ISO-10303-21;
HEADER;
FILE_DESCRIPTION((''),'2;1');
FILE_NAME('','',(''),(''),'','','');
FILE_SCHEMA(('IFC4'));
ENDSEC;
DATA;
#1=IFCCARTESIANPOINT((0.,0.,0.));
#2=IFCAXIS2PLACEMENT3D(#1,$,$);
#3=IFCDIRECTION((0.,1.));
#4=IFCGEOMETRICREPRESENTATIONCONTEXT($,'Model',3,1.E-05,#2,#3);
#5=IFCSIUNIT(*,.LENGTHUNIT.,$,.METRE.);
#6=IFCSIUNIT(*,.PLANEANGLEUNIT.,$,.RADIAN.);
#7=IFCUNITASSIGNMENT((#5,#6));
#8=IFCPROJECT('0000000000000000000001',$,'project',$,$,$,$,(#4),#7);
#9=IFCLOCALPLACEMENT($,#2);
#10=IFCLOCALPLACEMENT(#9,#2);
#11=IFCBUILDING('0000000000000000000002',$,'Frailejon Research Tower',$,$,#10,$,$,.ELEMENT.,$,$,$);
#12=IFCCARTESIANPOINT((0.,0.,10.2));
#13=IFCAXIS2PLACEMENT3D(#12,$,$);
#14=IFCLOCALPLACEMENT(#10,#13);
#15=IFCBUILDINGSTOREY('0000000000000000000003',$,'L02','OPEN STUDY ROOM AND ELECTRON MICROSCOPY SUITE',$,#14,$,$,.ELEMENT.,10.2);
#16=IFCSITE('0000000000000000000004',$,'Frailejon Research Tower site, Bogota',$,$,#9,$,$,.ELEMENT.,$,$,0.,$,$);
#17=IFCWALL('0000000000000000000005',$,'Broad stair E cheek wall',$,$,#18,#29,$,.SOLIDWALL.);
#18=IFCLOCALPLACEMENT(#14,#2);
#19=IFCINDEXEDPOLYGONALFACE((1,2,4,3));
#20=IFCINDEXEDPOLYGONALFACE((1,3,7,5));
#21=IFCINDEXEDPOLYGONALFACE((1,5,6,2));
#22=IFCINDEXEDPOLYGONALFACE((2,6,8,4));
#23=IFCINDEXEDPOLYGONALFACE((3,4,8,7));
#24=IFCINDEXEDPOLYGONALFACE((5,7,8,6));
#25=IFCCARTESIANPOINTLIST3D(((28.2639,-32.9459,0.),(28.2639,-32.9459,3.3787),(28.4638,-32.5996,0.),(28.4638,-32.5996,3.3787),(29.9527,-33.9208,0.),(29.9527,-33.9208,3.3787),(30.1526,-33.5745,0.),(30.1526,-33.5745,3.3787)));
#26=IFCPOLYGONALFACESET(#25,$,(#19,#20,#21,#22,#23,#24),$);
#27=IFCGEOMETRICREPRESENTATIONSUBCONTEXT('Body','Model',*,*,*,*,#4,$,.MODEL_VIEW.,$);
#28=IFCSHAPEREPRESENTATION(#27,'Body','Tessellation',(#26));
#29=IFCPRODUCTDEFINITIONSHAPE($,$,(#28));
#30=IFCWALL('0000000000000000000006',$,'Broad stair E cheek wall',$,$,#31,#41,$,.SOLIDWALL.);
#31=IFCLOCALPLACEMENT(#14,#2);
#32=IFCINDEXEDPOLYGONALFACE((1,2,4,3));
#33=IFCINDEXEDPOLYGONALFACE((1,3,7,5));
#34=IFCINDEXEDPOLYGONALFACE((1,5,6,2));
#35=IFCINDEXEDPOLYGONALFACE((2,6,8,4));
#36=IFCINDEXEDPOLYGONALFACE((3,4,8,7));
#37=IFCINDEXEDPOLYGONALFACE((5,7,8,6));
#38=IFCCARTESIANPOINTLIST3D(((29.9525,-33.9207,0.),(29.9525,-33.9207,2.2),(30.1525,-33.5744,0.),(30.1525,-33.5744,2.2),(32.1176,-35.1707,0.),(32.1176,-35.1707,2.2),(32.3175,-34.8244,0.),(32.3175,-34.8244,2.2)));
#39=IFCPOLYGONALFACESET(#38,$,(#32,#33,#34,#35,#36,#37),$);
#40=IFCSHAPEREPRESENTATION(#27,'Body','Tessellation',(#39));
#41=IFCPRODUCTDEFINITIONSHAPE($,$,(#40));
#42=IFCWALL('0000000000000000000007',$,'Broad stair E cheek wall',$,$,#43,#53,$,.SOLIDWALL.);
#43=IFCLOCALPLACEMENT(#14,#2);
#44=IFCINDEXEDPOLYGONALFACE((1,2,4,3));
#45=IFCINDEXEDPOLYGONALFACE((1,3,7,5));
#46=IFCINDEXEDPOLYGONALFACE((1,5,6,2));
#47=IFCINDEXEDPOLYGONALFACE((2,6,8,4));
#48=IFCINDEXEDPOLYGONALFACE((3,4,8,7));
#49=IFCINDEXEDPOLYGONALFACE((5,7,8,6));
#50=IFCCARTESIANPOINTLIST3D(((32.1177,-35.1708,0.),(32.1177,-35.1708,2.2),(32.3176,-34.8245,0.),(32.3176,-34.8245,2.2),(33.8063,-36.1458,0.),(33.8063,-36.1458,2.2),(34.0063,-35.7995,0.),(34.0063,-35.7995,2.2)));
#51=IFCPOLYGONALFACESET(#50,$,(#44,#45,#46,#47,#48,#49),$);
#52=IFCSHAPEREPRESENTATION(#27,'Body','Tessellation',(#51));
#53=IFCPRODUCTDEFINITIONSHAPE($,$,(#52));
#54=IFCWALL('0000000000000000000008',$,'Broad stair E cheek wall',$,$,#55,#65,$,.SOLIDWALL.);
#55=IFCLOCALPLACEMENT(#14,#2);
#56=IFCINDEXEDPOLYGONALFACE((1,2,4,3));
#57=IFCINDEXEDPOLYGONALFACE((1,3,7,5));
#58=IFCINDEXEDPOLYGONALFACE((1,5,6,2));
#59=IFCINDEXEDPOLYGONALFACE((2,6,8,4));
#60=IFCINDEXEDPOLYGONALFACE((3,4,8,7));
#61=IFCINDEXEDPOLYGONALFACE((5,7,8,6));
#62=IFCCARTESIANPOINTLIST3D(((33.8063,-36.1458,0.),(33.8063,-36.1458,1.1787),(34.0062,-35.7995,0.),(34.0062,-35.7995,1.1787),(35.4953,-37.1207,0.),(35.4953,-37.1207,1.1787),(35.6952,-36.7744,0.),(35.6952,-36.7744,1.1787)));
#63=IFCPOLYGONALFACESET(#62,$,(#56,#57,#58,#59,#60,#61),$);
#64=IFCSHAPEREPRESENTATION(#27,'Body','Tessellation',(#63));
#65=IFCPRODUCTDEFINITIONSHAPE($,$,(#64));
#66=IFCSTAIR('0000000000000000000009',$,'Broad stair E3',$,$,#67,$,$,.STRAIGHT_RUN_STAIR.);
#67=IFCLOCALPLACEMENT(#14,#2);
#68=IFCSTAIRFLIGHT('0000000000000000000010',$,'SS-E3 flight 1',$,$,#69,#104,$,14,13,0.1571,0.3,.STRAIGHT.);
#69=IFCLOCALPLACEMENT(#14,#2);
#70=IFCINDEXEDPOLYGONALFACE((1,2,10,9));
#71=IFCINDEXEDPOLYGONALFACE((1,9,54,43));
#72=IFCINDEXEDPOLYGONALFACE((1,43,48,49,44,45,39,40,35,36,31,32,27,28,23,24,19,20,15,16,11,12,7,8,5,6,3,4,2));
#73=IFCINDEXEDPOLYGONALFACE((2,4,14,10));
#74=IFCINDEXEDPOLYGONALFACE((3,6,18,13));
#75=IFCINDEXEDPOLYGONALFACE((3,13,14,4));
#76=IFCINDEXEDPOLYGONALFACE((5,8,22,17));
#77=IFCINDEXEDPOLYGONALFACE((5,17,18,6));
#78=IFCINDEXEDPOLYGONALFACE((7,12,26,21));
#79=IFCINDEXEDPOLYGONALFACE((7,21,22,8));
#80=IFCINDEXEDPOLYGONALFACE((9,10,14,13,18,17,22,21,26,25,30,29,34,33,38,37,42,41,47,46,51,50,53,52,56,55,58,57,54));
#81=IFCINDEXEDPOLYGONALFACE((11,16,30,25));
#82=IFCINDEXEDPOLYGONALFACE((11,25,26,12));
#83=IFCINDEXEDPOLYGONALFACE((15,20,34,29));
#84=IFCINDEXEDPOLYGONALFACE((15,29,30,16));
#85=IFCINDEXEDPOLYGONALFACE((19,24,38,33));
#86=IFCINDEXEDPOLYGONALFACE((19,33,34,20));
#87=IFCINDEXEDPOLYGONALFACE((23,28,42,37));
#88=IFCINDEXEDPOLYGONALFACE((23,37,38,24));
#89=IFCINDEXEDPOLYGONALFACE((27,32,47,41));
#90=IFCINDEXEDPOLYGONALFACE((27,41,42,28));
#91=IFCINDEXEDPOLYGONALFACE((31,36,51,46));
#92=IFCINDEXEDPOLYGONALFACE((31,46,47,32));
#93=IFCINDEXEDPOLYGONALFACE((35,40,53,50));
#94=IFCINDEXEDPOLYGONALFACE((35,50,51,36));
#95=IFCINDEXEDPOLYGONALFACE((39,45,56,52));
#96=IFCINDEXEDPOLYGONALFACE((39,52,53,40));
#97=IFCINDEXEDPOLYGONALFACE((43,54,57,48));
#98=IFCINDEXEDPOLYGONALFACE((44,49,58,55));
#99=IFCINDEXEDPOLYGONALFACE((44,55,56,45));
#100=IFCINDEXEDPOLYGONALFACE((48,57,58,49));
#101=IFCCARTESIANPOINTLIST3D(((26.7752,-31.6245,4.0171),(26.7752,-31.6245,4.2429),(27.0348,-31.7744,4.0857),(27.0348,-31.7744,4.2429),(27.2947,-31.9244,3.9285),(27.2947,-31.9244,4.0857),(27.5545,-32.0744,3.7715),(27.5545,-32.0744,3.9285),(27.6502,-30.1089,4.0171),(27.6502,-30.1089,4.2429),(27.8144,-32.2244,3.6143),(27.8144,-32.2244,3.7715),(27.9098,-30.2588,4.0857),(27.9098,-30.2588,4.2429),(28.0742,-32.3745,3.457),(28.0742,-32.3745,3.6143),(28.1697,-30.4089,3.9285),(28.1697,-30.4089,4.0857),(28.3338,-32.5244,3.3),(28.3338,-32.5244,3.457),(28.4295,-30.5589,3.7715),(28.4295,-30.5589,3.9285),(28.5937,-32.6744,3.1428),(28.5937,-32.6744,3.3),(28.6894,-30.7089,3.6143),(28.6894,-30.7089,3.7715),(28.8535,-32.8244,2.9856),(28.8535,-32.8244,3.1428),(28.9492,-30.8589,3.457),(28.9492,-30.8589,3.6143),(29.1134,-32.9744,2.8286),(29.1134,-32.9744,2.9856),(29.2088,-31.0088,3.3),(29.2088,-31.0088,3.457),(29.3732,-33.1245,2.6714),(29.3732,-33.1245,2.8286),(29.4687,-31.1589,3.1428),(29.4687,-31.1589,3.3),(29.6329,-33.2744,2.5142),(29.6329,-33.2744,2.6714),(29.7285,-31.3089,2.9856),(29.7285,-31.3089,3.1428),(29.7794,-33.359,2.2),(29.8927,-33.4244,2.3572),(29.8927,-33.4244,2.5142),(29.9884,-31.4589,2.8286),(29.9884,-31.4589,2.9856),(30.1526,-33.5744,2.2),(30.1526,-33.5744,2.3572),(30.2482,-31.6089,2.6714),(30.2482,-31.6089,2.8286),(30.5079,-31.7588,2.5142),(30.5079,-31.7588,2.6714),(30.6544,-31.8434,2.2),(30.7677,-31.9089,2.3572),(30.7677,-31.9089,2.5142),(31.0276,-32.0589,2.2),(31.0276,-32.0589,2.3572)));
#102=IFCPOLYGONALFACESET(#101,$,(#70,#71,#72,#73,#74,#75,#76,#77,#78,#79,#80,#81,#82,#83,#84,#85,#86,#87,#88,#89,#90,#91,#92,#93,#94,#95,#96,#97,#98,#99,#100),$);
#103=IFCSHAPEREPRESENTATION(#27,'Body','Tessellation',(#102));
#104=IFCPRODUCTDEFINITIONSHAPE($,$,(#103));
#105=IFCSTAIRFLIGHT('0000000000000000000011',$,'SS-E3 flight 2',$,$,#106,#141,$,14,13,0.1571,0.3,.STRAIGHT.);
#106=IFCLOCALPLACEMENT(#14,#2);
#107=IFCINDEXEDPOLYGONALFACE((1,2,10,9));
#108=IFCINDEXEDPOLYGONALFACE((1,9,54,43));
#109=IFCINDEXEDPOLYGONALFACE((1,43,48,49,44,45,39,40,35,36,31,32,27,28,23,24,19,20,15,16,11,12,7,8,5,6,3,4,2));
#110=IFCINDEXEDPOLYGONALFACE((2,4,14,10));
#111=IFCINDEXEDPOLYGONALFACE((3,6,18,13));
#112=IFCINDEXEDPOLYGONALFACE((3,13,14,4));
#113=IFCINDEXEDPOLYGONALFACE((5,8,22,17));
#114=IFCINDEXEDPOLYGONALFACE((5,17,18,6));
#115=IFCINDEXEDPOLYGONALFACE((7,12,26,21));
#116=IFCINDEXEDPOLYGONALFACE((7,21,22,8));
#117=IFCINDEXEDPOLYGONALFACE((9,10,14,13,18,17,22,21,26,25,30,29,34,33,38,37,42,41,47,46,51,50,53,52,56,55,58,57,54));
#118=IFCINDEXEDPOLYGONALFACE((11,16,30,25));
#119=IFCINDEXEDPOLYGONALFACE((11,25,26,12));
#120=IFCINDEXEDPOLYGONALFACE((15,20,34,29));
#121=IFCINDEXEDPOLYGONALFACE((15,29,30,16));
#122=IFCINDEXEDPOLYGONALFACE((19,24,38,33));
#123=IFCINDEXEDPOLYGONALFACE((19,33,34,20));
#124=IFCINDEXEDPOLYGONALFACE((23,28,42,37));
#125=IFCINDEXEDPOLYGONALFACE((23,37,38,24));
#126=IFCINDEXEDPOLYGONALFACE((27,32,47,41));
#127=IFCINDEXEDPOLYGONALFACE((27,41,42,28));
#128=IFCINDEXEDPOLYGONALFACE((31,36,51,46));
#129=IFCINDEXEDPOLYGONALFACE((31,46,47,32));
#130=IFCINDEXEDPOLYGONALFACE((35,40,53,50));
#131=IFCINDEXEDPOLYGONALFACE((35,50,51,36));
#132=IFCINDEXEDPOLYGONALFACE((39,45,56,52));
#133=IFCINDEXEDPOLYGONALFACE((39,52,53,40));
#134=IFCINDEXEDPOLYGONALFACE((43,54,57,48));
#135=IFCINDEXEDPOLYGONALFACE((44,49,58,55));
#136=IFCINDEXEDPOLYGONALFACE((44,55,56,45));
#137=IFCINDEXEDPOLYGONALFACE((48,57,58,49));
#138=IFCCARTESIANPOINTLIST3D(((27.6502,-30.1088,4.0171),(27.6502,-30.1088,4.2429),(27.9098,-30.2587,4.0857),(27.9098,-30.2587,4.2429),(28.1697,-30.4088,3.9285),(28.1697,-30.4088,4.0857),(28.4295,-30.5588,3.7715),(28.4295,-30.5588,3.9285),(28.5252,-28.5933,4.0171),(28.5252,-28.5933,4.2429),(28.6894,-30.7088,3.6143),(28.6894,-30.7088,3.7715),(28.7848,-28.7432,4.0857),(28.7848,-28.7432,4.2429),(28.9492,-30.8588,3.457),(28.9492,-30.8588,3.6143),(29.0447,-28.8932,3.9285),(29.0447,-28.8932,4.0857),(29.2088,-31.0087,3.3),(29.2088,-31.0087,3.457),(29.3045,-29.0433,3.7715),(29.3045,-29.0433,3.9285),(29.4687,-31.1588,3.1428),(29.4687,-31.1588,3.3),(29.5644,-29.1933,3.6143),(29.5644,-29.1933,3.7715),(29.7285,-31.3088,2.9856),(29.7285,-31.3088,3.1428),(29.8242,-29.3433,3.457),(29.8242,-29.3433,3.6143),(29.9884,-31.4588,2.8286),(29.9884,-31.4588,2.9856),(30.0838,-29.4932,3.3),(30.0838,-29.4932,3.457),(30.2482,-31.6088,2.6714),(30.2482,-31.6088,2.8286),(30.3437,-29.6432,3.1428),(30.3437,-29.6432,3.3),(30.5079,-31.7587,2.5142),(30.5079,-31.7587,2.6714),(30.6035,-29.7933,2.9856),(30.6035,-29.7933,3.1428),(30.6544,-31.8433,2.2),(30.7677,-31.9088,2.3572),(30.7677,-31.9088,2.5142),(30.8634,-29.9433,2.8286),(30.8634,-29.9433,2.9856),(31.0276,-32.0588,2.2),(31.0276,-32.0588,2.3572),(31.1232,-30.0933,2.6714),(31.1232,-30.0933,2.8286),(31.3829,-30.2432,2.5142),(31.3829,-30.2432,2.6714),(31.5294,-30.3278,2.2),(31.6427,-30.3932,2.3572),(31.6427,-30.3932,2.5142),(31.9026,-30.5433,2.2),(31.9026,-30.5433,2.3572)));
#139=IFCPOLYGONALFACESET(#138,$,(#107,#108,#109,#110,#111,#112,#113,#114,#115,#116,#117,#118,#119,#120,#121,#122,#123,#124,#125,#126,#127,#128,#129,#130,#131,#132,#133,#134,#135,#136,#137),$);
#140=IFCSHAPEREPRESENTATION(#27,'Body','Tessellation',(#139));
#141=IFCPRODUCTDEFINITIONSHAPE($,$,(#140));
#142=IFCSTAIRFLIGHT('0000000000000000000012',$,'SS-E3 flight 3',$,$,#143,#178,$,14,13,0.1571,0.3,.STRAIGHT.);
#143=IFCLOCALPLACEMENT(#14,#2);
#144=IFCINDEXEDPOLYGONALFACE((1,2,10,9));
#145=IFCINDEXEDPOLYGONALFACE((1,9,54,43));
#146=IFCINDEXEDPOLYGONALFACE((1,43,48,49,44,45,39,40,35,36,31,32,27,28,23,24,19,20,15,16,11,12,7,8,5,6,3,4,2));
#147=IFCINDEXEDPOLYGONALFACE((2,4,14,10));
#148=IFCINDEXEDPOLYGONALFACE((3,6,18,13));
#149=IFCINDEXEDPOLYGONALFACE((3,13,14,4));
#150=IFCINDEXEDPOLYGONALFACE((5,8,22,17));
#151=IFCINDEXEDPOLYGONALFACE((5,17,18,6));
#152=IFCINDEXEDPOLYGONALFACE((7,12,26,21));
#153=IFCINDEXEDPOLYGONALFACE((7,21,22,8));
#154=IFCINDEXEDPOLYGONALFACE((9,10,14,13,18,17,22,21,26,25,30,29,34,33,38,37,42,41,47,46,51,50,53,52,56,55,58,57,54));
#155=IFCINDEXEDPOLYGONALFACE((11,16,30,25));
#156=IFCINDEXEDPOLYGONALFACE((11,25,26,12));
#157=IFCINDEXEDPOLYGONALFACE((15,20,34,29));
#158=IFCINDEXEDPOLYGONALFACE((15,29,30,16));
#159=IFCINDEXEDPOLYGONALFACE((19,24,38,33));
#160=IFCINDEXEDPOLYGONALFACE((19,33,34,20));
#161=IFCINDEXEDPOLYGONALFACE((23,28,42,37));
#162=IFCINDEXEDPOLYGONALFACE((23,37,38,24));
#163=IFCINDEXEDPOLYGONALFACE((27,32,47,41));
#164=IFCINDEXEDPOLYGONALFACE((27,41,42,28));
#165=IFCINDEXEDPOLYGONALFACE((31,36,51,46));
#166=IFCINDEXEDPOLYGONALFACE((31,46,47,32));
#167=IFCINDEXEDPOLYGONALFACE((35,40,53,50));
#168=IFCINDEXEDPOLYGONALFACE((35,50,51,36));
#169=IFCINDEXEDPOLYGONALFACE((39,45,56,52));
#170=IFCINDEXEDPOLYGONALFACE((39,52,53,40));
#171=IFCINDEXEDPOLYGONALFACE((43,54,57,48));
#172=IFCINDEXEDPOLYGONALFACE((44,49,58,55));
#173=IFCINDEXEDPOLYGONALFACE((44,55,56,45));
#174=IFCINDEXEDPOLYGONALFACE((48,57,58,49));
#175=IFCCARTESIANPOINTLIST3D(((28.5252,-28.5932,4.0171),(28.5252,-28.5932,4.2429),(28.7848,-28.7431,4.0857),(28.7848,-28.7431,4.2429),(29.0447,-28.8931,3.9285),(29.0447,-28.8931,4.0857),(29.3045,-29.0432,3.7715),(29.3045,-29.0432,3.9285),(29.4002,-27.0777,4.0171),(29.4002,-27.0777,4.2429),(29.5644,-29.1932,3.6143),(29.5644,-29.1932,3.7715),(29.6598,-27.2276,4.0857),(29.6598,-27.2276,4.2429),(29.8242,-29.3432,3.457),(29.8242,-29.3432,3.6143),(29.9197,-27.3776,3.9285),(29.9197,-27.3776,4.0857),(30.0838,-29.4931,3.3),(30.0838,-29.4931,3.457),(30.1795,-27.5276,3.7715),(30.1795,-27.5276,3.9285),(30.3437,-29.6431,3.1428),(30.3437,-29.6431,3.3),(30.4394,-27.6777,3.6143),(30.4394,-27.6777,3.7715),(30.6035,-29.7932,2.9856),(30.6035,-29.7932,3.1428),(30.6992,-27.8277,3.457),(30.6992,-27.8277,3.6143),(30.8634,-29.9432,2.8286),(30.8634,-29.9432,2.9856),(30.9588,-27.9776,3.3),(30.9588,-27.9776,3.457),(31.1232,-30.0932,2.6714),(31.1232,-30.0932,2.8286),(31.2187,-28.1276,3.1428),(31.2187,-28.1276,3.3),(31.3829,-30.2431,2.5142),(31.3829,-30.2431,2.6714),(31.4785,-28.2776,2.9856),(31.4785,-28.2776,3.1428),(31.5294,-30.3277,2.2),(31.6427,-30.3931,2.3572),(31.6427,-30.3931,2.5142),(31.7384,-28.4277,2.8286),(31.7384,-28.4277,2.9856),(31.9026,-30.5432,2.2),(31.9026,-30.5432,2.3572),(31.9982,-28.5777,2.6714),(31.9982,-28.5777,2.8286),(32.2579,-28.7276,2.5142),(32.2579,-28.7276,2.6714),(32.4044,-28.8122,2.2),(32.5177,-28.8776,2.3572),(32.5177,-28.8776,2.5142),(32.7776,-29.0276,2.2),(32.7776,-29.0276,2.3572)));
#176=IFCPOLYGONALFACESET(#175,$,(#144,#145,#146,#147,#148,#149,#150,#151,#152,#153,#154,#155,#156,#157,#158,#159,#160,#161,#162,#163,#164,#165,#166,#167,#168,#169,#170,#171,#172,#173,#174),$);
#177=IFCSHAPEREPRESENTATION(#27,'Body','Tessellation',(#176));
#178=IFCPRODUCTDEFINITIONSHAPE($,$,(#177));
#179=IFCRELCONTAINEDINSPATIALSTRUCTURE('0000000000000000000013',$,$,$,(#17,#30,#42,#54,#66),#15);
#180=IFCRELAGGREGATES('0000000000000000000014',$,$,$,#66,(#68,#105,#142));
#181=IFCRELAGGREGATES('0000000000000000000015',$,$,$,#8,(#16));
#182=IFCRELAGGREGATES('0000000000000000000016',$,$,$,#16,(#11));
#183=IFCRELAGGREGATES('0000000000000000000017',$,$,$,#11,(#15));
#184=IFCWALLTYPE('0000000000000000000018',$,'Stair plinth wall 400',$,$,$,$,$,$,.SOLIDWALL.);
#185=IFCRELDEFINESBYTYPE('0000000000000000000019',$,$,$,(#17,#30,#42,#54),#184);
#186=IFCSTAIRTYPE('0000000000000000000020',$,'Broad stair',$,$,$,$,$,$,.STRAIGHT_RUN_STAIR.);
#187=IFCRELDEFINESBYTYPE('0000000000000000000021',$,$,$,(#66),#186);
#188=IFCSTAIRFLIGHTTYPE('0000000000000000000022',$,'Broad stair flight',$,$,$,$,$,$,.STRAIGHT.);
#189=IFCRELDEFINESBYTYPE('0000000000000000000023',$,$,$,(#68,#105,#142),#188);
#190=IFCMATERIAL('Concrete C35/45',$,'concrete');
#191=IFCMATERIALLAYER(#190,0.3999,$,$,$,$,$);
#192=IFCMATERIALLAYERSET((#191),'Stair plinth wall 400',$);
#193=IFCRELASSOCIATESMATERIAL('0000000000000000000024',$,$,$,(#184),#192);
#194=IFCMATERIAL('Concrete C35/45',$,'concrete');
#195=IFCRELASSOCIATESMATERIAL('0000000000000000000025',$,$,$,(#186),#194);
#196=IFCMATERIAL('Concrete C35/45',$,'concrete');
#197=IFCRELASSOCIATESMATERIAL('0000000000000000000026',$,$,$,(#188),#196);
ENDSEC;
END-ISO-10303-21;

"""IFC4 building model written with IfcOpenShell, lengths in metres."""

from ifc_helpers import new_model, si_unit, direction, frame, frame_2d, origin, place, context, subcontext, project, spatial, polyline, rectangle, outline, extrude, material, layer, layer_set, type_object, element, aggregate, save


model = new_model("IFC4")

# Units and contexts
model_context = context("Model", 3, precision=1e-05, world=origin(), true_north=direction((0.0, 1.0)))
body_context = subcontext(model_context, "Body", "Model", "MODEL_VIEW")
ifc_project = project(units=[si_unit("LENGTHUNIT", "METRE"), si_unit("PLANEANGLEUNIT", "RADIAN")], contexts=[model_context])

# Site, building, storey
site_placement = place(None, origin())
site = spatial("IfcSite", under=ifc_project, at=site_placement, Name="Frailejon Research Tower site, Bogota", CompositionType="ELEMENT", RefElevation=0.0)
building_placement = place(site_placement, origin())
building = spatial("IfcBuilding", under=site, at=building_placement, Name="Frailejon Research Tower", CompositionType="ELEMENT")
storey_placement = place(building_placement, frame((0.0, 0.0, 10.2)))
storey = spatial("IfcBuildingStorey", under=building, at=storey_placement, Name="L02", Description="OPEN STUDY ROOM AND ELECTRON MICROSCOPY SUITE", CompositionType="ELEMENT", Elevation=10.2)

# Walls
ifc_material_1 = material(Name="Concrete C35/45", Category="concrete")
ifc_layer_1 = layer(ifc_material_1, 0.3999)
ifc_layer_set_1 = layer_set([ifc_layer_1], Name="Stair plinth wall 400")
wall_type = type_object("IfcWallType", Name="Stair plinth wall 400", PredefinedType="SOLIDWALL", material=ifc_layer_set_1)
wall_1_placement = place(storey_placement, frame((28.3638, -32.7727, 0.0), z_axis=(0.0, 0.0, 1.0), x_axis=(0.866054, -0.49995, 0.0)))
element("IfcWall", 1, at=wall_1_placement, inside=storey, type_object=wall_type, Name="Broad stair E cheek wall", PredefinedType="SOLIDWALL", context=body_context, shape_type="SweptSolid", body=[
    extrude(rectangle(XDim=1.95, YDim=0.3999, at=frame_2d((0.9751, 0.0))), origin(), (0.0, 0.0, 1.0), 3.3787),
])
wall_2_placement = place(storey_placement, frame((30.0525, -33.7476, 0.0), z_axis=(0.0, 0.0, 1.0), x_axis=(0.866023, -0.500004, 0.0)))
element("IfcWall", 2, at=wall_2_placement, inside=storey, type_object=wall_type, Name="Broad stair E cheek wall", PredefinedType="SOLIDWALL", context=body_context, shape_type="SweptSolid", body=[
    extrude(rectangle(XDim=2.5, YDim=0.3999, at=frame_2d((1.25, 0.0))), origin(), (0.0, 0.0, 1.0), 2.2),
])
wall_3_placement = place(storey_placement, frame((32.2175, -34.9976, 0.0), z_axis=(0.0, 0.0, 1.0), x_axis=(0.866, -0.500044, 0.0)))
element("IfcWall", 3, at=wall_3_placement, inside=storey, type_object=wall_type, Name="Broad stair E cheek wall", PredefinedType="SOLIDWALL", context=body_context, shape_type="SweptSolid", body=[
    extrude(rectangle(XDim=1.95, YDim=0.3999, at=frame_2d((0.9751, 0.0))), origin(), (0.0, 0.0, 1.0), 2.2),
])
wall_4_placement = place(storey_placement, frame((33.9062, -35.9727, 0.0), z_axis=(0.0, 0.0, 1.0), x_axis=(0.866086, -0.499896, 0.0)))
element("IfcWall", 4, at=wall_4_placement, inside=storey, type_object=wall_type, Name="Broad stair E cheek wall", PredefinedType="SOLIDWALL", context=body_context, shape_type="SweptSolid", body=[
    extrude(rectangle(XDim=1.9502, YDim=0.3999, at=frame_2d((0.9751, 0.0))), origin(), (0.0, 0.0, 1.0), 1.1787),
])

# Stair, stair flights
ifc_material_2 = material(Name="Concrete C35/45", Category="concrete")
stair_type = type_object("IfcStairType", Name="Broad stair", PredefinedType="STRAIGHT_RUN_STAIR", material=ifc_material_2)
stair_placement = place(storey_placement, origin())
stair = element("IfcStair", 5, at=stair_placement, inside=storey, type_object=stair_type, Name="Broad stair E3", PredefinedType="STRAIGHT_RUN_STAIR")
ifc_material_3 = material(Name="Concrete C35/45", Category="concrete")
stair_flight_type = type_object("IfcStairFlightType", Name="Broad stair flight", PredefinedType="STRAIGHT", material=ifc_material_3)
stair_flight_1_placement = place(storey_placement, frame((30.5901, -32.8167, 2.2), z_axis=(0.0, 0.0, 1.0), x_axis=(-0.866025, 0.5, 0.0)))
stair_flight_1 = element("IfcStairFlight", 6, at=stair_flight_1_placement, type_object=stair_flight_type, Name="SS-E3 flight 1", NumberOfRisers=14, NumberOfTreads=13, PredefinedType="STRAIGHT", RiserHeight=0.1571, TreadLength=0.3, context=body_context, shape_type="SweptSolid", body=[
    extrude(outline(polyline([(0.0, 0.0), (0.0, 0.1572), (0.3, 0.1572), (0.3, 0.3142), (0.6001, 0.3142), (0.6001, 0.4714), (0.8999, 0.4714), (0.8999, 0.6287), (1.2, 0.6287), (1.2, 0.7856), (1.5, 0.7856), (1.5, 0.9429), (1.8, 0.9429), (1.8, 1.1001), (2.1001, 1.1001), (2.1001, 1.2571), (2.3999, 1.2571), (2.3999, 1.4143), (2.7, 1.4143), (2.7, 1.5715), (3.0, 1.5715), (3.0, 1.7285), (3.3, 1.7285), (3.3, 1.8857), (3.6001, 1.8857), (3.6001, 2.043), (3.8999, 2.043), (3.8999, 2.2), (3.8999, 1.8171), (0.4309, 0.0), (0.0, 0.0)])), frame((0.0, 0.875, 0.0), z_axis=(0.0, -1.0, 0.0), x_axis=(1.0, 0.0, 0.0)), (0.0, 0.0, 1.0), 1.75),
])
stair_flight_2_placement = place(storey_placement, frame((31.4651, -31.301, 2.2), z_axis=(0.0, 0.0, 1.0), x_axis=(-0.866025, 0.5, 0.0)))
stair_flight_2 = element("IfcStairFlight", 7, at=stair_flight_2_placement, type_object=stair_flight_type, Name="SS-E3 flight 2", NumberOfRisers=14, NumberOfTreads=13, PredefinedType="STRAIGHT", RiserHeight=0.1571, TreadLength=0.3, context=body_context, shape_type="SweptSolid", body=[
    extrude(outline(polyline([(0.0, 0.0), (0.0, 0.1572), (0.3, 0.1572), (0.3, 0.3142), (0.6001, 0.3142), (0.6001, 0.4714), (0.8999, 0.4714), (0.8999, 0.6287), (1.2, 0.6287), (1.2, 0.7856), (1.5, 0.7856), (1.5, 0.9429), (1.8, 0.9429), (1.8, 1.1001), (2.1001, 1.1001), (2.1001, 1.2571), (2.3999, 1.2571), (2.3999, 1.4143), (2.7, 1.4143), (2.7, 1.5715), (3.0, 1.5715), (3.0, 1.7285), (3.3, 1.7285), (3.3, 1.8857), (3.6001, 1.8857), (3.6001, 2.043), (3.8999, 2.043), (3.8999, 2.2), (3.8999, 1.8171), (0.4309, 0.0), (0.0, 0.0)])), frame((0.0, 0.875, 0.0), z_axis=(0.0, -1.0, 0.0), x_axis=(1.0, 0.0, 0.0)), (0.0, 0.0, 1.0), 1.75),
])
stair_flight_3_placement = place(storey_placement, frame((32.3401, -29.7854, 2.2), z_axis=(0.0, 0.0, 1.0), x_axis=(-0.866025, 0.5, 0.0)))
stair_flight_3 = element("IfcStairFlight", 8, at=stair_flight_3_placement, type_object=stair_flight_type, Name="SS-E3 flight 3", NumberOfRisers=14, NumberOfTreads=13, PredefinedType="STRAIGHT", RiserHeight=0.1571, TreadLength=0.3, context=body_context, shape_type="SweptSolid", body=[
    extrude(outline(polyline([(0.0, 0.0), (0.0, 0.1572), (0.3, 0.1572), (0.3, 0.3142), (0.6001, 0.3142), (0.6001, 0.4714), (0.8999, 0.4714), (0.8999, 0.6287), (1.2, 0.6287), (1.2, 0.7856), (1.5, 0.7856), (1.5, 0.9429), (1.8, 0.9429), (1.8, 1.1001), (2.1001, 1.1001), (2.1001, 1.2571), (2.3999, 1.2571), (2.3999, 1.4143), (2.7, 1.4143), (2.7, 1.5715), (3.0, 1.5715), (3.0, 1.7285), (3.3, 1.7285), (3.3, 1.8857), (3.6001, 1.8857), (3.6001, 2.043), (3.8999, 2.043), (3.8999, 2.2), (3.8999, 1.8171), (0.4309, 0.0), (0.0, 0.0)])), frame((0.0, 0.875, 0.0), z_axis=(0.0, -1.0, 0.0), x_axis=(1.0, 0.0, 0.0)), (0.0, 0.0, 1.0), 1.75),
])
aggregate(stair, [stair_flight_1, stair_flight_2, stair_flight_3])

save(model, "model.ifc")
